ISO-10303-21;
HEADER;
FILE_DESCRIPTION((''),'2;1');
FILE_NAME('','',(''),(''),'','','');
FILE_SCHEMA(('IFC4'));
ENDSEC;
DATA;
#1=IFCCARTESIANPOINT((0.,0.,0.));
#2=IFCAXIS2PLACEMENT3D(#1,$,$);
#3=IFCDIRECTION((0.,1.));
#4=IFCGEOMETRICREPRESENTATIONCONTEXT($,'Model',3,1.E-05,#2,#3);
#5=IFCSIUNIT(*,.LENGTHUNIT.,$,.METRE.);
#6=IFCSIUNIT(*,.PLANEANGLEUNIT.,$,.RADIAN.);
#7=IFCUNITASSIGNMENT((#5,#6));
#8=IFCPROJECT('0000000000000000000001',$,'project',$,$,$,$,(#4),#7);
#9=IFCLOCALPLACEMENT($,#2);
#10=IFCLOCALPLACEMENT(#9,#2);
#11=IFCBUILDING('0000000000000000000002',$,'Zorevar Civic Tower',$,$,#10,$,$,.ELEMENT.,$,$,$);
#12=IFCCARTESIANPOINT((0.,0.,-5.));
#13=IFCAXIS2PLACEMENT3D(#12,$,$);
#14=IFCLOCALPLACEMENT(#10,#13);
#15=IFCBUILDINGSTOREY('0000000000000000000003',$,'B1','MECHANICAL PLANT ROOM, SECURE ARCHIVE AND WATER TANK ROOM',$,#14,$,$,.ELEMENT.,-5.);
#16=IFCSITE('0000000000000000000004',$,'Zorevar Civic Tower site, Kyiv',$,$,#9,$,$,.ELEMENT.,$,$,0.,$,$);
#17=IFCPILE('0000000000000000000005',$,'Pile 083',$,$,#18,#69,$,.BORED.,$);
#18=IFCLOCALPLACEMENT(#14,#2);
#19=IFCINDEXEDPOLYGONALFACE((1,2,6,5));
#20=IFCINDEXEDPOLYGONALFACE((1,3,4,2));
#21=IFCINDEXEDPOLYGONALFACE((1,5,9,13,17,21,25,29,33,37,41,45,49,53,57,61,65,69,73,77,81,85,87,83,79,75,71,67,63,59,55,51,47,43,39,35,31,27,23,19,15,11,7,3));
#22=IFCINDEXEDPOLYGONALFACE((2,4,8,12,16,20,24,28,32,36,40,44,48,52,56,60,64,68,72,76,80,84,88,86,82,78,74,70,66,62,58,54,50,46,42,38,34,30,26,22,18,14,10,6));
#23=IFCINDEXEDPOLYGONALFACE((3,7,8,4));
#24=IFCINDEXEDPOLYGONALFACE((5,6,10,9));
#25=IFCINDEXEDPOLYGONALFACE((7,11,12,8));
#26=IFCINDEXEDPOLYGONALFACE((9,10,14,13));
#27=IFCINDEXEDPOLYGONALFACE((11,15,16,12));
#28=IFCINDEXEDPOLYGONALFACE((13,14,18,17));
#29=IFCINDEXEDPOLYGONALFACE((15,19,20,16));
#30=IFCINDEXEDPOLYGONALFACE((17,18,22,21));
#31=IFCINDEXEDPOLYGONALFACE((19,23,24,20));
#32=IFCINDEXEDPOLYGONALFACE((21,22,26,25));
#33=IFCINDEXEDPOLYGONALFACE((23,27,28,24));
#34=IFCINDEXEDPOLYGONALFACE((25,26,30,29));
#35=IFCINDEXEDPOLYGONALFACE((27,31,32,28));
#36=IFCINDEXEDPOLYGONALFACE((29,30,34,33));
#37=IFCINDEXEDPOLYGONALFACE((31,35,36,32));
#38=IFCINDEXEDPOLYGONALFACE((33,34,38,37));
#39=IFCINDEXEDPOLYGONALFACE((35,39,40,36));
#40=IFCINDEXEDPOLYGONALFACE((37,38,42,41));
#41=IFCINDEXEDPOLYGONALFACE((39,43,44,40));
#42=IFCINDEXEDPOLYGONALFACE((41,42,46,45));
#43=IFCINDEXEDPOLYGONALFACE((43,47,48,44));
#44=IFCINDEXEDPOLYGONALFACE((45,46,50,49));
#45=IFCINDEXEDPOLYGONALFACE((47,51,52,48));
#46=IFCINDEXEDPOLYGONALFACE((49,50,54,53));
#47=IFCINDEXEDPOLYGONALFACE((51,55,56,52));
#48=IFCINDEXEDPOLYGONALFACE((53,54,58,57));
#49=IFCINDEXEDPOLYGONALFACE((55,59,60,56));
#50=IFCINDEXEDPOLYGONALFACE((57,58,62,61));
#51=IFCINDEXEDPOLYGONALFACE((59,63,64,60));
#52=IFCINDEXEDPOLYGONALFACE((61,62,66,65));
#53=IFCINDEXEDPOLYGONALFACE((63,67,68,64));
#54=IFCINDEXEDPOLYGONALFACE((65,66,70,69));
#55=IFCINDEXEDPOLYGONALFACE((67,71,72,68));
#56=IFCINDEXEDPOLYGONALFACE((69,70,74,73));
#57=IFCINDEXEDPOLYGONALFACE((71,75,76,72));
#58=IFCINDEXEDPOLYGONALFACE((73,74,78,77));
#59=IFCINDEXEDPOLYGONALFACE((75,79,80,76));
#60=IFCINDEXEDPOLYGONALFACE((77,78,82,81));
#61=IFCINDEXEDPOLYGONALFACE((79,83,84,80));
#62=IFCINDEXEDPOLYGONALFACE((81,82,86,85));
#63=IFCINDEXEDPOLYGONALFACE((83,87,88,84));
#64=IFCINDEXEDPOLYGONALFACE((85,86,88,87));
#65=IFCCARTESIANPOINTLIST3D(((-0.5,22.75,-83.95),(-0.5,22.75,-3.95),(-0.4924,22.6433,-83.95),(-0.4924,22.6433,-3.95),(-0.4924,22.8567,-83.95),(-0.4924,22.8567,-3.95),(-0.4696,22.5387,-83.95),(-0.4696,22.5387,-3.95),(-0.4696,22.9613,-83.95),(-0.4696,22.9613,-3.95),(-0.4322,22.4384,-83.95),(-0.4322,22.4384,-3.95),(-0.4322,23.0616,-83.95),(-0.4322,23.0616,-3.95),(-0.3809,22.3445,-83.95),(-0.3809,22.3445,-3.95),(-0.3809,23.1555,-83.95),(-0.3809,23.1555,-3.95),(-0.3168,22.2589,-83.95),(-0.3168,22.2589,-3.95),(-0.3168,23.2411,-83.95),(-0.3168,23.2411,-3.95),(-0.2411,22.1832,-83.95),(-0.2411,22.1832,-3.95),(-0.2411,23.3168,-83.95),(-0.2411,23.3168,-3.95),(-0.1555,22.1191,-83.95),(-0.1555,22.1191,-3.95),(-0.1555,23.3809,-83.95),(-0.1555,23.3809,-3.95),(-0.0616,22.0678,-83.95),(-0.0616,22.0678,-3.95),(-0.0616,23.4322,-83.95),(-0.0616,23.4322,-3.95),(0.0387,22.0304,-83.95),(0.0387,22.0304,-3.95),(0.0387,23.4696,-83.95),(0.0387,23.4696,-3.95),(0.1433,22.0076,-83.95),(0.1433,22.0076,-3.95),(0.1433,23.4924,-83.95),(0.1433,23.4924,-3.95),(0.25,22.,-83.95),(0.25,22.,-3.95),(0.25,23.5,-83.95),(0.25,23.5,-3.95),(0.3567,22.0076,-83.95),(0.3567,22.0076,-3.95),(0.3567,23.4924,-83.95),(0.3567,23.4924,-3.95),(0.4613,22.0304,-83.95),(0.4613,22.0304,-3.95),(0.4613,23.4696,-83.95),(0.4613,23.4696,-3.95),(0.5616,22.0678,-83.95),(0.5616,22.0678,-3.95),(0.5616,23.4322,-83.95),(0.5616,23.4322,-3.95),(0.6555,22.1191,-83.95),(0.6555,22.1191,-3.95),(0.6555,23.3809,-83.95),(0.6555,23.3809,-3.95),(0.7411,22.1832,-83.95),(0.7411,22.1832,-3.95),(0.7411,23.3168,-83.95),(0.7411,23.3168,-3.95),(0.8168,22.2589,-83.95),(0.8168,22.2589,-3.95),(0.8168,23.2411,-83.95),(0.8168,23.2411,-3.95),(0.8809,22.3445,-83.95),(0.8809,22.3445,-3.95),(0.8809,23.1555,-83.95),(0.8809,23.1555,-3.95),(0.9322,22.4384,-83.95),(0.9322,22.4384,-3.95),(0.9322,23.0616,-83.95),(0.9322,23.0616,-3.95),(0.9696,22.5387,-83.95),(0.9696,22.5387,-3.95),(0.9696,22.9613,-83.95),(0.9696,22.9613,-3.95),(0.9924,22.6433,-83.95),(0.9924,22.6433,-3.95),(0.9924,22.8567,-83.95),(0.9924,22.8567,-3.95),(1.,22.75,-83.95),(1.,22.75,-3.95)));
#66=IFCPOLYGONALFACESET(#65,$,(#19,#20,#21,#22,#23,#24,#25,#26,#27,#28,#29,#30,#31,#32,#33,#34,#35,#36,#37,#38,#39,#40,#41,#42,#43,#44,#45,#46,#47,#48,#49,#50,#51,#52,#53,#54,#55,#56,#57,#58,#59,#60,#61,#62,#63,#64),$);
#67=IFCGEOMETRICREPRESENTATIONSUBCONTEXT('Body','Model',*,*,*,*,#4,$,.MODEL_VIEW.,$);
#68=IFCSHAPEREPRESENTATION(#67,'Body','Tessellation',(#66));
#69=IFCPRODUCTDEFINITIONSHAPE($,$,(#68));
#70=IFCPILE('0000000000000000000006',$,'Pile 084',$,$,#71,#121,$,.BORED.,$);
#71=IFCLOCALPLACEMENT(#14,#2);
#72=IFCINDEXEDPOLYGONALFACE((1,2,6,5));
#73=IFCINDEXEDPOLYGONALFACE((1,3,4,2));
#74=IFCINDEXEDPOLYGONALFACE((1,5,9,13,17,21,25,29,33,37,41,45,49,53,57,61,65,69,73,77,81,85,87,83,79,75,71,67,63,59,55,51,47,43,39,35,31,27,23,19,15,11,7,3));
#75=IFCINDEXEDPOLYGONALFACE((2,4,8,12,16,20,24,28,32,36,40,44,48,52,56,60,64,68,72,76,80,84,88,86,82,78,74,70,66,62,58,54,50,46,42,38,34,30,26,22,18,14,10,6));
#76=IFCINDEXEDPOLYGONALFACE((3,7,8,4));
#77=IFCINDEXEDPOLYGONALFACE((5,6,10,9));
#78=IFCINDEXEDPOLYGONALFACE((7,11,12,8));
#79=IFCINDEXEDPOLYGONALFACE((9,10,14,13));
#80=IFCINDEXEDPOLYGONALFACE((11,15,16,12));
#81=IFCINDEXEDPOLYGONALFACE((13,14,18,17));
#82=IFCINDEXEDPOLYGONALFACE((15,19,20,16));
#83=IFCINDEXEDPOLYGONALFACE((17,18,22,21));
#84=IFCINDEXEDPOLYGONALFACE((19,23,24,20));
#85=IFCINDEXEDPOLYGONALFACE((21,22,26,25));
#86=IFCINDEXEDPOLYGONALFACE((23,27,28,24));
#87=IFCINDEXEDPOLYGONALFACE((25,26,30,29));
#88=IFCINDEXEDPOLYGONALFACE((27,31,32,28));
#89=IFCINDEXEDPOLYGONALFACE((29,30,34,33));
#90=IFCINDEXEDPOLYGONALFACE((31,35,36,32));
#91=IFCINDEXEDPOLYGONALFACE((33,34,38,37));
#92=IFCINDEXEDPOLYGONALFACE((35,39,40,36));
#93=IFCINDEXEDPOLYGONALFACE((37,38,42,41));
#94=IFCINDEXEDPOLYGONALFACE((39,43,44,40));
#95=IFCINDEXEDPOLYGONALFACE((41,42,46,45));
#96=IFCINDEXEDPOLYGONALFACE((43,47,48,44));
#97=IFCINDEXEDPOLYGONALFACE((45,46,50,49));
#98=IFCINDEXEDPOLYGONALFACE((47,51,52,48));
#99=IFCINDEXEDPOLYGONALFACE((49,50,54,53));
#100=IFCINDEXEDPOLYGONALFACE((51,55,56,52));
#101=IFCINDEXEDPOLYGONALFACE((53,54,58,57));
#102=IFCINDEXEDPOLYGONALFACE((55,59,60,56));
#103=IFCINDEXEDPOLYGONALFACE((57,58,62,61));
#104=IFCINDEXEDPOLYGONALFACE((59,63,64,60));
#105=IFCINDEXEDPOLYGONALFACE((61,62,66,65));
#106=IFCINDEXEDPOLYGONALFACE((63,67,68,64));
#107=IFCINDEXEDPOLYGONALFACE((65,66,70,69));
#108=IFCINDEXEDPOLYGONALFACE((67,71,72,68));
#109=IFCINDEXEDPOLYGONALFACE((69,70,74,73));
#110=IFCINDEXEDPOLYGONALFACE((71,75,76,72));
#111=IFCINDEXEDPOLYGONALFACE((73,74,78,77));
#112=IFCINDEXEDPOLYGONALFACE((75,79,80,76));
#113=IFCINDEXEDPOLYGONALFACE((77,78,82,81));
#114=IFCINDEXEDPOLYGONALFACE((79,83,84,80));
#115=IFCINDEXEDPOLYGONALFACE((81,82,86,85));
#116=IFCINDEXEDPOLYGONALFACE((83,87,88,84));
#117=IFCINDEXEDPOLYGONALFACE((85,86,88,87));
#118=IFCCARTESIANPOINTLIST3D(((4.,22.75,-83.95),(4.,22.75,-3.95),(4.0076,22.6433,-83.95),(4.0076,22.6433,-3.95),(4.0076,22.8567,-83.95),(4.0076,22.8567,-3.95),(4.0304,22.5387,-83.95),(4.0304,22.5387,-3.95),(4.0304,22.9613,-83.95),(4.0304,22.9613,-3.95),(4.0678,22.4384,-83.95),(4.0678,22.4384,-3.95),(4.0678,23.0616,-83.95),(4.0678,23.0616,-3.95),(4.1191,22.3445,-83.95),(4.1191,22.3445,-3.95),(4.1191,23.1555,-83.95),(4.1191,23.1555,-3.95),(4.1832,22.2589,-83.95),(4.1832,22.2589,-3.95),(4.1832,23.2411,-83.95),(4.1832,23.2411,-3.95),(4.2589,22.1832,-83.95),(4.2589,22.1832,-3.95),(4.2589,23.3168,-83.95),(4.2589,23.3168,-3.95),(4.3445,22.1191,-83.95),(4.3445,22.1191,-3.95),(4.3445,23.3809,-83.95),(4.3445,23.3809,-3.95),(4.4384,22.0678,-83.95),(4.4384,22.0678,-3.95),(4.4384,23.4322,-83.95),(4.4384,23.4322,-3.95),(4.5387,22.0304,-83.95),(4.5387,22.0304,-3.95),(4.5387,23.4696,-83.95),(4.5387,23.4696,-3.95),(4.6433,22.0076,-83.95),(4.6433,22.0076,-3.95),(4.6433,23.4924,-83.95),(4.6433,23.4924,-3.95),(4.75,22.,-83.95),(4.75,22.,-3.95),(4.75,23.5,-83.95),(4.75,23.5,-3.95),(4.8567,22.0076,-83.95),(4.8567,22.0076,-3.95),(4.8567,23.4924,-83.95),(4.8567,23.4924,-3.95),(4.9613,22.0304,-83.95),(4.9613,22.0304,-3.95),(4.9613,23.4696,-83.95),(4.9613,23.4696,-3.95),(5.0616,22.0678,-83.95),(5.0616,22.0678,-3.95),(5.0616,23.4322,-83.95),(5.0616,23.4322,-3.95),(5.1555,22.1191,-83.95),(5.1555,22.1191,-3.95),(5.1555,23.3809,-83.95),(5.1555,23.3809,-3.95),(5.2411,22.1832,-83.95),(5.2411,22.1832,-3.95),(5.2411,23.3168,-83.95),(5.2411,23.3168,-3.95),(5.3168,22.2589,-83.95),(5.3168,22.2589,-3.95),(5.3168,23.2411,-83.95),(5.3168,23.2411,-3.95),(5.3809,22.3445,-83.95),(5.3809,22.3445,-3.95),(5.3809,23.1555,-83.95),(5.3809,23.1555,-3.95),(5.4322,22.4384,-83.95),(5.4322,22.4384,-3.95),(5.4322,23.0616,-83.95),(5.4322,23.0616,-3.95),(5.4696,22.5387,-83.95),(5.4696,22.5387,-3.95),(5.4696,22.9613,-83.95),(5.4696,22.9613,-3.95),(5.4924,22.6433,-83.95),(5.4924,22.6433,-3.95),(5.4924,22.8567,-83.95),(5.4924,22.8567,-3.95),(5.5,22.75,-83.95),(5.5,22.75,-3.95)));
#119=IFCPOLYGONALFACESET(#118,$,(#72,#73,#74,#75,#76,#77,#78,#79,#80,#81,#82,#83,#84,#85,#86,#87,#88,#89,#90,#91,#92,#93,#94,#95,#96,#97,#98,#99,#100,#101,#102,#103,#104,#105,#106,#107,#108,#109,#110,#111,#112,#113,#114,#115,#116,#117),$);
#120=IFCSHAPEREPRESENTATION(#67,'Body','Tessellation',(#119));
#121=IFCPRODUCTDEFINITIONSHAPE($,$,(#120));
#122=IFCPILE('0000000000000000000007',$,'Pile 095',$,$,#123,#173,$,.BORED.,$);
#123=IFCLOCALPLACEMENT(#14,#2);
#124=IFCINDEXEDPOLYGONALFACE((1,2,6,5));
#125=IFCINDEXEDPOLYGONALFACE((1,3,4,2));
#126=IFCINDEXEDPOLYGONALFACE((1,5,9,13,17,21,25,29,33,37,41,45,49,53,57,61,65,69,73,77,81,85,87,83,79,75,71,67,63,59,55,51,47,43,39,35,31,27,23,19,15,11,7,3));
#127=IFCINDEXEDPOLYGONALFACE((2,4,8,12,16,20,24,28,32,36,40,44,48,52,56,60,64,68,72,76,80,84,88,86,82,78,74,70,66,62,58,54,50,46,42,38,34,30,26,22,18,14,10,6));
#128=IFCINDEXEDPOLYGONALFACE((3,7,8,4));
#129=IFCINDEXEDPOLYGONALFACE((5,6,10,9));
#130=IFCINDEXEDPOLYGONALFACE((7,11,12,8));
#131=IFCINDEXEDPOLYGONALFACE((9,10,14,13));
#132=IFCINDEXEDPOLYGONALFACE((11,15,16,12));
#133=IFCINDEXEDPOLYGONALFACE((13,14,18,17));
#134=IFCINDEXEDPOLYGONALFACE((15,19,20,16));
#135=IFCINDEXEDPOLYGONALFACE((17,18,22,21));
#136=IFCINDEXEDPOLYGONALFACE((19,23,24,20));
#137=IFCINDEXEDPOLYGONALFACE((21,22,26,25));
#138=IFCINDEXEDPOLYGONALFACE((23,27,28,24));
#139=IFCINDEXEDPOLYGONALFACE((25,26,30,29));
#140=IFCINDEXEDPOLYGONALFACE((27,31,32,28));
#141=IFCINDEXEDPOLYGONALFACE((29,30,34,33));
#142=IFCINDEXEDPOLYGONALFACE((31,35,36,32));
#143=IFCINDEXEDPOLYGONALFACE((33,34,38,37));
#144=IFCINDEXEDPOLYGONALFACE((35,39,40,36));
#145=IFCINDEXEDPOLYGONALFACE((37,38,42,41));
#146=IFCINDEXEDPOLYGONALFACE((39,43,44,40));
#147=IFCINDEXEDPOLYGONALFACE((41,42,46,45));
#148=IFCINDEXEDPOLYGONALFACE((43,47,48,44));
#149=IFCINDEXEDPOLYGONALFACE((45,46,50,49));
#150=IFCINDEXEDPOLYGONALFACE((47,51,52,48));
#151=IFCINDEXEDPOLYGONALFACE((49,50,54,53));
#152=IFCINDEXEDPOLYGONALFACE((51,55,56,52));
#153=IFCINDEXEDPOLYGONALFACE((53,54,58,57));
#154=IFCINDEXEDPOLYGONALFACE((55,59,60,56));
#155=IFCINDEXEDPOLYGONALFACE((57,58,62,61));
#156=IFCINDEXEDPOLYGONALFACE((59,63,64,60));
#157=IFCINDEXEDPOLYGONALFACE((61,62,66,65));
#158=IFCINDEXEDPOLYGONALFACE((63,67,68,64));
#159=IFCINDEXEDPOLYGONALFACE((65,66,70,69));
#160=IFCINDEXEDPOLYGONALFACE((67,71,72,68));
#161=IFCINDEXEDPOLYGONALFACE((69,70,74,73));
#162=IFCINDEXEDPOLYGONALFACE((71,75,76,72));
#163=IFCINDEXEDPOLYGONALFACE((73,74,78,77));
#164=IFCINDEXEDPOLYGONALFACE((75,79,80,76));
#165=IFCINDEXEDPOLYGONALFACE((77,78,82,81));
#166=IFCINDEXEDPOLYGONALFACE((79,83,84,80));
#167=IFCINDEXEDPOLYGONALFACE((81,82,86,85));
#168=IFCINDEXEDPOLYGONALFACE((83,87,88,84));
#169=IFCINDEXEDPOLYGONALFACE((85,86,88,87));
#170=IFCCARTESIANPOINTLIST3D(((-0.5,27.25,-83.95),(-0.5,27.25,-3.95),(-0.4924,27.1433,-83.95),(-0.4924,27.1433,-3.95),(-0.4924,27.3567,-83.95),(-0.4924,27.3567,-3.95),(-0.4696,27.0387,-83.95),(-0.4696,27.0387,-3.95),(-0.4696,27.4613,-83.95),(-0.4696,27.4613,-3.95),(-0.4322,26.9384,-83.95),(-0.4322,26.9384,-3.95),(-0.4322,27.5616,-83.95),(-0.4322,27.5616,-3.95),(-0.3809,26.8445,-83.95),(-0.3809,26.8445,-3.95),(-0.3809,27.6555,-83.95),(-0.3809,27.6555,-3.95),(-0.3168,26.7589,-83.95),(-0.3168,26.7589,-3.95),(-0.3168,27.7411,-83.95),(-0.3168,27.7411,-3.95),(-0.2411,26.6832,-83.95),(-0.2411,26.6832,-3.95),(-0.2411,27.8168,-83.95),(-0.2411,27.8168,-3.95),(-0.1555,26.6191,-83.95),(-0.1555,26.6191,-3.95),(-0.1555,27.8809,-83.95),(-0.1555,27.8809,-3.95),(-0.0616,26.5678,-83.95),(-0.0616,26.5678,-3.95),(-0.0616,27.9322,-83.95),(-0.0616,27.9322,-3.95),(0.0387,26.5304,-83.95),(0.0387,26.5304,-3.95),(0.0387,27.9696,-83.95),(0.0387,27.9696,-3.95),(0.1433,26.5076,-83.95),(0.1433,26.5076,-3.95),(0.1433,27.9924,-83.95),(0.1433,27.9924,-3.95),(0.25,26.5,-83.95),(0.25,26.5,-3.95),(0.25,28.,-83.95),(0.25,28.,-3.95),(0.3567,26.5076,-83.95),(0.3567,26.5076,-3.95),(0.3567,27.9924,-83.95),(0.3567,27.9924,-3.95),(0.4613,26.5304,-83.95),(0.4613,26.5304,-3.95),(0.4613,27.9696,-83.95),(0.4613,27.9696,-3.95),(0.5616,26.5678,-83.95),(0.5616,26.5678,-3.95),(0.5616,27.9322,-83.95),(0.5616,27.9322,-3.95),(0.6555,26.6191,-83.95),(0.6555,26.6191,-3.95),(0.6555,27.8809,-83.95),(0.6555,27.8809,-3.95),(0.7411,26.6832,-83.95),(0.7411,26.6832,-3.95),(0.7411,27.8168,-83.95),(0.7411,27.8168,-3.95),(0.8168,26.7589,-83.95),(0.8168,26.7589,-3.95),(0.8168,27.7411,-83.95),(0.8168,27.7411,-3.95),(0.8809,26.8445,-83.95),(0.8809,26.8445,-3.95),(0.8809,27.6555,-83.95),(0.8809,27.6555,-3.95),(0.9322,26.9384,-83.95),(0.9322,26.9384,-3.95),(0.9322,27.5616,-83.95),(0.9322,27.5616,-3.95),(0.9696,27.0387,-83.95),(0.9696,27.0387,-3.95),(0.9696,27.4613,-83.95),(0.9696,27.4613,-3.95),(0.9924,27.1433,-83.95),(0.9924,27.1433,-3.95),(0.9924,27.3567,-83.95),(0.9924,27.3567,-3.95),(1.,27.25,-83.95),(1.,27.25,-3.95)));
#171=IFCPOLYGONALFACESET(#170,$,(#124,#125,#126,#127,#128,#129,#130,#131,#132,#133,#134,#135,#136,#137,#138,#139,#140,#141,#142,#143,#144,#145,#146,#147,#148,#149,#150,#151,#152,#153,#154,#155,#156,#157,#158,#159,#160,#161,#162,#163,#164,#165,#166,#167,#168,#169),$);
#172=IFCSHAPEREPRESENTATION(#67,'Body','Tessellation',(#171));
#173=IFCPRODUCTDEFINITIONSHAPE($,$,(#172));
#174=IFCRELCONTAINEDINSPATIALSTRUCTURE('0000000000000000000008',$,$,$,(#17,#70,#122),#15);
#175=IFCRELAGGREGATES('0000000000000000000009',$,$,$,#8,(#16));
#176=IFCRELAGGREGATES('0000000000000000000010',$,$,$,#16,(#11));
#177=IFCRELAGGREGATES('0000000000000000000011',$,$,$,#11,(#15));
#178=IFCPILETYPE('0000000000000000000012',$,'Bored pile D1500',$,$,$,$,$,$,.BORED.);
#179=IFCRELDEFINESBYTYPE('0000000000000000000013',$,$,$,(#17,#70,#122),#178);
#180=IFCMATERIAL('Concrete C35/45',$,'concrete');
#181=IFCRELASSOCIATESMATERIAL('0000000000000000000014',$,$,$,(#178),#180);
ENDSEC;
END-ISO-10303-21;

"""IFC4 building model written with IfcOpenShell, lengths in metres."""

from ifc_helpers import new_model, si_unit, direction, frame, origin, origin_2d, place, context, subcontext, project, spatial, circle, extrude, material, type_object, element, save


model = new_model("IFC4")

# Units and contexts
model_context = context("Model", 3, precision=1e-05, world=origin(), true_north=direction((0.0, 1.0)))
body_context = subcontext(model_context, "Body", "Model", "MODEL_VIEW")
ifc_project = project(units=[si_unit("LENGTHUNIT", "METRE"), si_unit("PLANEANGLEUNIT", "RADIAN")], contexts=[model_context])

# Site, building, storey
site_placement = place(None, origin())
site = spatial("IfcSite", under=ifc_project, at=site_placement, Name="Zorevar Civic Tower site, Kyiv", CompositionType="ELEMENT", RefElevation=0.0)
building_placement = place(site_placement, origin())
building = spatial("IfcBuilding", under=site, at=building_placement, Name="Zorevar Civic Tower", CompositionType="ELEMENT")
storey_placement = place(building_placement, frame((0.0, 0.0, -5.0)))
storey = spatial("IfcBuildingStorey", under=building, at=storey_placement, Name="B1", Description="MECHANICAL PLANT ROOM, SECURE ARCHIVE AND WATER TANK ROOM", CompositionType="ELEMENT", Elevation=-5.0)

# Piles
ifc_material_1 = material(Name="Concrete C35/45", Category="concrete")
pile_type_1 = type_object("IfcPileType", Name="Bored pile D1500", PredefinedType="BORED", material=ifc_material_1)
for number, where, z_axis, x_axis, name in (
    (1, (0.25, 22.75, -3.95), (0.0, 0.0, -1.0), (1.0, 0.0, 0.0), "Pile 083"),
    (2, (4.75, 22.75, -3.95), (0.0, 0.0, -1.0), (1.0, 0.0, 0.0), "Pile 084"),
    (3, (0.25, 27.25, -3.95), (0.0, 0.0, -1.0), (1.0, 0.0, 0.0), "Pile 095"),
):
    element("IfcPile", number, at=place(storey_placement, frame(where, z_axis=z_axis, x_axis=x_axis)), inside=storey, type_object=pile_type_1, Name=name, PredefinedType="BORED", context=body_context, shape_type="SweptSolid", body=[
        extrude(circle(Radius=0.75, at=origin_2d()), origin(), (0.0, 0.0, 1.0), 80.0),
    ])

save(model, "model.ifc")
